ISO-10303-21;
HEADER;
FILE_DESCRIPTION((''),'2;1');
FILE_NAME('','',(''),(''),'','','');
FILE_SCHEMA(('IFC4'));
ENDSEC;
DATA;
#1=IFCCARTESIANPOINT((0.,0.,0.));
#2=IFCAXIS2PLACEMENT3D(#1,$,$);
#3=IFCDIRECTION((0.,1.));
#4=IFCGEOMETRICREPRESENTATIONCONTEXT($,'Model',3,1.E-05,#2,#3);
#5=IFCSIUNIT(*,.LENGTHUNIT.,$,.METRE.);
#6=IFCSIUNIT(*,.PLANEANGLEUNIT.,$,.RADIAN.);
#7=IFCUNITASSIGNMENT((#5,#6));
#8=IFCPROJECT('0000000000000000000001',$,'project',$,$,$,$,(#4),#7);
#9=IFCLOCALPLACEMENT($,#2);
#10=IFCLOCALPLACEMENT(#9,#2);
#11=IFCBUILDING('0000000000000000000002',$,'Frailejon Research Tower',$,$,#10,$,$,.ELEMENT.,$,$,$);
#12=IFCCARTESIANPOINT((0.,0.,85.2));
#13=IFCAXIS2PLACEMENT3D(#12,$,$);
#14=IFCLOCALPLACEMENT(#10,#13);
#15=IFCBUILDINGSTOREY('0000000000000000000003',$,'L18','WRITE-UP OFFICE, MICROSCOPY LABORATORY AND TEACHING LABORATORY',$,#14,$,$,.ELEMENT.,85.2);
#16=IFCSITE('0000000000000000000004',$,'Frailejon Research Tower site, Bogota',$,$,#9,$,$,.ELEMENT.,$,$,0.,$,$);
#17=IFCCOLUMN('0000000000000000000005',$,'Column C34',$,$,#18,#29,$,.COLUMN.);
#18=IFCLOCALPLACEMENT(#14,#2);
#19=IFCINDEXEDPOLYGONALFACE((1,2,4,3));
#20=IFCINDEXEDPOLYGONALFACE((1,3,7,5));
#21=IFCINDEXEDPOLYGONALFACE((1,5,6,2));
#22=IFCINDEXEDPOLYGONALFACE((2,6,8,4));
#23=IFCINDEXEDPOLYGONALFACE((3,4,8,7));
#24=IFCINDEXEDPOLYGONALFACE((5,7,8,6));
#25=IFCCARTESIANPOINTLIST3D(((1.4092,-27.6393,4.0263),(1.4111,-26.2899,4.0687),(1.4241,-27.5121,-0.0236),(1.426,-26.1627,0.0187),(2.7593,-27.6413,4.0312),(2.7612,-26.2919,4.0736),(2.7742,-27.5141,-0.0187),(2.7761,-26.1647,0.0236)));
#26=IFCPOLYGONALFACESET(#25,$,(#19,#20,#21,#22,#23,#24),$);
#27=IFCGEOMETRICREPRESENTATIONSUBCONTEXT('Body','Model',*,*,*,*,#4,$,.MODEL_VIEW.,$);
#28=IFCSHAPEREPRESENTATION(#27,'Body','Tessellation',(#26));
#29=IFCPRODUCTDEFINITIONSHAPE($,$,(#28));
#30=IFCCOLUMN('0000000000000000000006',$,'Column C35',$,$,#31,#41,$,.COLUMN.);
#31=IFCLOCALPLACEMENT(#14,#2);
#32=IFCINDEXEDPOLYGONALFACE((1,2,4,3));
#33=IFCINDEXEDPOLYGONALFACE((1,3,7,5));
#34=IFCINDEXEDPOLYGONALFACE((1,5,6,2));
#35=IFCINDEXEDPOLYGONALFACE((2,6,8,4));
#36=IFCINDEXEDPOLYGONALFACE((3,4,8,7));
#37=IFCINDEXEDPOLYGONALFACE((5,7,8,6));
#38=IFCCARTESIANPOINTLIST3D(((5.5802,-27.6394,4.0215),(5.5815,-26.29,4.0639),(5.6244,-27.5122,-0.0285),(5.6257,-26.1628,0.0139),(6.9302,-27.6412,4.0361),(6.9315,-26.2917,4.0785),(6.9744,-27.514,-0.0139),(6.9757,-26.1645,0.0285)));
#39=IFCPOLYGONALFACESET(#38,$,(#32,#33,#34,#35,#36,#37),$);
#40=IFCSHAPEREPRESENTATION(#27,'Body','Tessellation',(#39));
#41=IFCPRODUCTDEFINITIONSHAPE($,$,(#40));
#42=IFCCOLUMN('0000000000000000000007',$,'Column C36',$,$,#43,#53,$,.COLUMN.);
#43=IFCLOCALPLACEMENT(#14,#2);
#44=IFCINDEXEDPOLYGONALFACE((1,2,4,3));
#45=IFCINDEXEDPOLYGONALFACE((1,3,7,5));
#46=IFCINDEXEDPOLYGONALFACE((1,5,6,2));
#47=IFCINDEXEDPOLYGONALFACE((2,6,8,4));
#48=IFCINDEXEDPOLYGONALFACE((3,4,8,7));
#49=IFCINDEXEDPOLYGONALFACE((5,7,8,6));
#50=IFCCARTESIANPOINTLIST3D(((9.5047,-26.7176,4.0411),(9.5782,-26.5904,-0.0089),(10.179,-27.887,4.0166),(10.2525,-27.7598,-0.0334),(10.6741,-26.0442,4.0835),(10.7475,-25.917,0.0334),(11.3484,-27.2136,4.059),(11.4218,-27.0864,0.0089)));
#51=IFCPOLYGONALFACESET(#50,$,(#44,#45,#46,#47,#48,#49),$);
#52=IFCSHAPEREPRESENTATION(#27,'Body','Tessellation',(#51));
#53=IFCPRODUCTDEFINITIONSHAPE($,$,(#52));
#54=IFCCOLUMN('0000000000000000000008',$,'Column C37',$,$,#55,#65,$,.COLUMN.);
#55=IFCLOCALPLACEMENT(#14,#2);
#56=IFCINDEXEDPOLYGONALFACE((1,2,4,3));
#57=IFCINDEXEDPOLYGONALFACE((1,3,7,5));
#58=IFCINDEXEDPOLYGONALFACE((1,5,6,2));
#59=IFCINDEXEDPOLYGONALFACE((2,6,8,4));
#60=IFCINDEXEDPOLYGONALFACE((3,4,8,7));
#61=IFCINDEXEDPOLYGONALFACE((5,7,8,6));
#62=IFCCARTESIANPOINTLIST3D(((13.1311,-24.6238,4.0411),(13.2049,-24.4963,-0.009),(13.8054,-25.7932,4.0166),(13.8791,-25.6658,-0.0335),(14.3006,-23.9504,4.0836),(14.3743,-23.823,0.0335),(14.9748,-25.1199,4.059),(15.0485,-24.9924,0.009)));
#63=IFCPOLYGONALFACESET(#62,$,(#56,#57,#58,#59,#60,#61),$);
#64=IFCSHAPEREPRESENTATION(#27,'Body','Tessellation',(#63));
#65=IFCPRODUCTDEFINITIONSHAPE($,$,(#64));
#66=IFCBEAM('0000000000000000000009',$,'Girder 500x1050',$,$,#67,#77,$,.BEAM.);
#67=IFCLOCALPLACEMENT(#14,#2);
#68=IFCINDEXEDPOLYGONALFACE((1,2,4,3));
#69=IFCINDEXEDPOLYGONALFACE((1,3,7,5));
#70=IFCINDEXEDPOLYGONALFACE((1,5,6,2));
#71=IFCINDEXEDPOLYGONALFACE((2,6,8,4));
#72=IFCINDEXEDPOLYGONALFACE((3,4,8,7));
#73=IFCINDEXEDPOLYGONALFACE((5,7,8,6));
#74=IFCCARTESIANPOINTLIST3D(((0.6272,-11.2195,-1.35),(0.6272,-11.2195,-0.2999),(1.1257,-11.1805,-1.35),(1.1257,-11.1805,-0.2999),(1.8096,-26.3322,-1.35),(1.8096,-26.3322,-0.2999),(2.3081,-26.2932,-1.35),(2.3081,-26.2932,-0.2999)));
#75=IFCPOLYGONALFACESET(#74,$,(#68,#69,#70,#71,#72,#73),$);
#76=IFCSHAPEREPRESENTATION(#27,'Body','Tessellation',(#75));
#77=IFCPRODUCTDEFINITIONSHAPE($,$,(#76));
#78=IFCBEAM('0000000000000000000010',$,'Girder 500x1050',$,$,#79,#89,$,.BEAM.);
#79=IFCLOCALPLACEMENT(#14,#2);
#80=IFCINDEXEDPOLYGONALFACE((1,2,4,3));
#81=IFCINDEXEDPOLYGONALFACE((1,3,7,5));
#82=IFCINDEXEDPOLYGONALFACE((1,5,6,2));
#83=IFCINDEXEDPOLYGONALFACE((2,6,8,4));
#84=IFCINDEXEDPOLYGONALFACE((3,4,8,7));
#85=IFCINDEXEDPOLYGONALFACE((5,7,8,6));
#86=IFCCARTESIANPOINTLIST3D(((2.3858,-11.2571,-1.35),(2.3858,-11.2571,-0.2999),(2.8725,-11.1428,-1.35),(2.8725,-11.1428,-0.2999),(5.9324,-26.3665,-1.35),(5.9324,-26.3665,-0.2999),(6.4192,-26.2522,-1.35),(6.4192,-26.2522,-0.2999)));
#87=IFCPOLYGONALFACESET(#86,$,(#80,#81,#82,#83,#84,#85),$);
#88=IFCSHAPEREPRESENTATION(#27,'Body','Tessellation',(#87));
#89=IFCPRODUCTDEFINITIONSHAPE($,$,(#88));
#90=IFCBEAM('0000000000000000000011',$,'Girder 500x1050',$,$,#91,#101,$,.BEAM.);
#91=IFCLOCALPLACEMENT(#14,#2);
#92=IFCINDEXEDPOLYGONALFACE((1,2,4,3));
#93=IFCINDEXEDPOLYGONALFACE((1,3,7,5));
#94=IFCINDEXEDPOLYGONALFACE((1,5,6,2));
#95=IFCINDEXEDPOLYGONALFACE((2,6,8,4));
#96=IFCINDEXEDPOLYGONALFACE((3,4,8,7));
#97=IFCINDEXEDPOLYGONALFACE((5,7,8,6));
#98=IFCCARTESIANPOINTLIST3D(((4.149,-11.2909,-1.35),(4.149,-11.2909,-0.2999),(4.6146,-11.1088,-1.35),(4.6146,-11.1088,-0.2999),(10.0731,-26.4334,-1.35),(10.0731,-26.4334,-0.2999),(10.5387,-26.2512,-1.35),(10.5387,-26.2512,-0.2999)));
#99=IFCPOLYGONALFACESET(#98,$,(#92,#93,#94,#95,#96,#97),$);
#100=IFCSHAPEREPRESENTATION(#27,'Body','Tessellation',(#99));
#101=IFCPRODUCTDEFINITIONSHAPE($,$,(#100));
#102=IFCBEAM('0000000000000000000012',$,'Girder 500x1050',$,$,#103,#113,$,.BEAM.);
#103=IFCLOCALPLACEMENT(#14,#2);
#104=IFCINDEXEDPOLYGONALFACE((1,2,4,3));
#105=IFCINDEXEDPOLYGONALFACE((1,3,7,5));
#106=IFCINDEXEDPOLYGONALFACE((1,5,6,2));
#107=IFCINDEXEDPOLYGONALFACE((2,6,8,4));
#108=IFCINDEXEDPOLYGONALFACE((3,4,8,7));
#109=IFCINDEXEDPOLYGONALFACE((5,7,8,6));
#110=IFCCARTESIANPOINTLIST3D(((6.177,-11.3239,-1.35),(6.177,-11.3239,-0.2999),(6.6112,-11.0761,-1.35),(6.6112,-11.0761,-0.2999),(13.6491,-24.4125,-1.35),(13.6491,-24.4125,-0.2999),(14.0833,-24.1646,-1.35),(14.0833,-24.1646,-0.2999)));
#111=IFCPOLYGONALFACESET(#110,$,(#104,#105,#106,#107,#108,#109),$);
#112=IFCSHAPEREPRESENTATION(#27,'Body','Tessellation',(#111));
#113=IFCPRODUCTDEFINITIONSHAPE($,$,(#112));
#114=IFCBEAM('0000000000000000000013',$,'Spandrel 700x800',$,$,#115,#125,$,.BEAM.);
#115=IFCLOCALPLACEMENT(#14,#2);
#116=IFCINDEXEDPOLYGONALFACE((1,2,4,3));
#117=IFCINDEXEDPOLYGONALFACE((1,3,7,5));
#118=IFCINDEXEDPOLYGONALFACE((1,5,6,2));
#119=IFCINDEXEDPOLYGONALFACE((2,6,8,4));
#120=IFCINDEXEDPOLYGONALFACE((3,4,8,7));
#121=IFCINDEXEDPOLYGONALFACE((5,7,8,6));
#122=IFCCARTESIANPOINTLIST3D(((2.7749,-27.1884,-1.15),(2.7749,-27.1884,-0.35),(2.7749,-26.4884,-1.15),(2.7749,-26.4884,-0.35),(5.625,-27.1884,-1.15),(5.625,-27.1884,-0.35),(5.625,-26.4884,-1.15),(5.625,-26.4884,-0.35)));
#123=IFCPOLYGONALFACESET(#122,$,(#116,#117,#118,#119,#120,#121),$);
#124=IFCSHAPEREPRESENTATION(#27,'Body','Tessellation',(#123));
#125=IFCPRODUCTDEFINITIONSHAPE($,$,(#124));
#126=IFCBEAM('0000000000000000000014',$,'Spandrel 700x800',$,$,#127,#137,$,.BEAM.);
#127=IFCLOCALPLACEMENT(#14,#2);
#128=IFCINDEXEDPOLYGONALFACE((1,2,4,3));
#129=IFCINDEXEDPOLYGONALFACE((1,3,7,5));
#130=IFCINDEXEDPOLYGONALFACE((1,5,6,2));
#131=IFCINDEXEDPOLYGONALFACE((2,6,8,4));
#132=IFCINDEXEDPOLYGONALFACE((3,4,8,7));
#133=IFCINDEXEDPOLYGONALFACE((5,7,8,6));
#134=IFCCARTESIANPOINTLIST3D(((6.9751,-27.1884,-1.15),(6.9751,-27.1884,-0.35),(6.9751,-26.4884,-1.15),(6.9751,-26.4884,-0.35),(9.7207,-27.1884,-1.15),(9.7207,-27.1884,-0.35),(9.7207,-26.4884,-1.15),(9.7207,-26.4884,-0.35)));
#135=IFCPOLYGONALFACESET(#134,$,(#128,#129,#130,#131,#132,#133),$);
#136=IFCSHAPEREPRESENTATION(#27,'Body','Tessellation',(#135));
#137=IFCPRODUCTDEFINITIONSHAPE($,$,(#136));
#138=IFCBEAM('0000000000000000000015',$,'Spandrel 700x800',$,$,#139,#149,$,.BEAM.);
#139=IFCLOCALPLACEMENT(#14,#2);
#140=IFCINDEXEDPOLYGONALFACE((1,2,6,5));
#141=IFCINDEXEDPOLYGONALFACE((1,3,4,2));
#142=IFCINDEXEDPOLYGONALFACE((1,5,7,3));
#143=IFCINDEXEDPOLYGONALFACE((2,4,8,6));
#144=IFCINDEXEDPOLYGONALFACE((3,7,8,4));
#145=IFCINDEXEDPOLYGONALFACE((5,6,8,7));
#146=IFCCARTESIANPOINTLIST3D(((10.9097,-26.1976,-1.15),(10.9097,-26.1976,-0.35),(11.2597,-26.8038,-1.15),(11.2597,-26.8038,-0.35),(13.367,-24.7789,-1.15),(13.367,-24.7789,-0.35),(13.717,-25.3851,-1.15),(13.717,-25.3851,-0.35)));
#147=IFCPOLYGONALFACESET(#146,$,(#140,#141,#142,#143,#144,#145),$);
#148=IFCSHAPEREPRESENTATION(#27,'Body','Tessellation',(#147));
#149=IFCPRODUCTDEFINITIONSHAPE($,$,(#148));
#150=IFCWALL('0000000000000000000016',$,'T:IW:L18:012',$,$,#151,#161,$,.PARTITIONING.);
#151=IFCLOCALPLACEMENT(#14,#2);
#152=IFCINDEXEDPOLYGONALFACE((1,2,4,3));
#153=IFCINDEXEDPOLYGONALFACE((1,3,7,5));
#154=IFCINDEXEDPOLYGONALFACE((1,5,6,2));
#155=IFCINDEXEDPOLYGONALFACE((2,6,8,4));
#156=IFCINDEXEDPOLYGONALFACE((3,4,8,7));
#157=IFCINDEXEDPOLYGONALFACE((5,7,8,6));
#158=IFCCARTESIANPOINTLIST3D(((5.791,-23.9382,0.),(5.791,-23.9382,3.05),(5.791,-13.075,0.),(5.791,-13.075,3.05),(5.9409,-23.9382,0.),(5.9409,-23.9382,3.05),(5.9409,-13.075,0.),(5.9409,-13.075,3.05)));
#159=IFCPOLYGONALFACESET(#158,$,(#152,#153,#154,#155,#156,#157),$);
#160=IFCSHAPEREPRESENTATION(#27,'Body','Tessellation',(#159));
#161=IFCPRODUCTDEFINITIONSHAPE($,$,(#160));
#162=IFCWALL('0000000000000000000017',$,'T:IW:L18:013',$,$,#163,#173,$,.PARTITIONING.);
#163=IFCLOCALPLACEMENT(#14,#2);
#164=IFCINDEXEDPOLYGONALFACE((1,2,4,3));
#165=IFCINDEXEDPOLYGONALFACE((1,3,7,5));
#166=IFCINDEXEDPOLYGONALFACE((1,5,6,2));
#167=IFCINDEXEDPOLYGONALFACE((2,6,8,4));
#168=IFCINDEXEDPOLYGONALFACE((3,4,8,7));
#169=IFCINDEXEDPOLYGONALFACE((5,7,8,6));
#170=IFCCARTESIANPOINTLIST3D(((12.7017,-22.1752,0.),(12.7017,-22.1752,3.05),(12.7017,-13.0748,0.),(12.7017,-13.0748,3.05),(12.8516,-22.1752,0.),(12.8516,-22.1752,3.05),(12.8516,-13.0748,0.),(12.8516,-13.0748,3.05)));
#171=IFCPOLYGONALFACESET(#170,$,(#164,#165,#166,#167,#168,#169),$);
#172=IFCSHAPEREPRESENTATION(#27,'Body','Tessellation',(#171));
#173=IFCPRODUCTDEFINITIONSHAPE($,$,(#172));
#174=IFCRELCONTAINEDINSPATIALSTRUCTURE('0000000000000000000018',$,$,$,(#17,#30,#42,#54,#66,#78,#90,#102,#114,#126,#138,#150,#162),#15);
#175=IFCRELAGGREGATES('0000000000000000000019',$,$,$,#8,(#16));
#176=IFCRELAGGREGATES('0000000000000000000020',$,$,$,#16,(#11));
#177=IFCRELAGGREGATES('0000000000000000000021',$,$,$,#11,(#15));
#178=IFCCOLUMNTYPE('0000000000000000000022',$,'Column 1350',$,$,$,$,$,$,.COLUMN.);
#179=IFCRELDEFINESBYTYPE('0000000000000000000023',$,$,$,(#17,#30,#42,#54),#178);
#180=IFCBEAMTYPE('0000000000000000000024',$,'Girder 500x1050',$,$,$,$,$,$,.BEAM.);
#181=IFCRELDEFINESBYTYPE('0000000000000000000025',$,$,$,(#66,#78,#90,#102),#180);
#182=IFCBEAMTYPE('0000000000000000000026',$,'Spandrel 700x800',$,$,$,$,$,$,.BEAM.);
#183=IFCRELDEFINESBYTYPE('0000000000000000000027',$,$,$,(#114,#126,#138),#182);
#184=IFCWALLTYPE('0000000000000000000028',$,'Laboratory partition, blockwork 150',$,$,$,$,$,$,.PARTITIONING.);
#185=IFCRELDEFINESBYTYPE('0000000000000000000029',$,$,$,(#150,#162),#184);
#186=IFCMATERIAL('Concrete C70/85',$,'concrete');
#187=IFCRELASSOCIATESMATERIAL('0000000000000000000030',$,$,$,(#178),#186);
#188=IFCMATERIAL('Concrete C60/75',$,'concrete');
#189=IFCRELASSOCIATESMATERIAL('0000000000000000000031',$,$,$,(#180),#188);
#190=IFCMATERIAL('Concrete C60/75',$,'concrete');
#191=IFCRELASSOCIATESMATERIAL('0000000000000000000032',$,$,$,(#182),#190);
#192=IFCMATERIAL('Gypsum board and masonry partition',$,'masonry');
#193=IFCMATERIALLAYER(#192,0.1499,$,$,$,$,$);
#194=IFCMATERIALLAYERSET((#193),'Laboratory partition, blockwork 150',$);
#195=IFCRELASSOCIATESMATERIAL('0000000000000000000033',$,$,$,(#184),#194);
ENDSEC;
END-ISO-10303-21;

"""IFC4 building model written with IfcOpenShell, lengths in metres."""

from ifc_helpers import new_model, si_unit, direction, frame, frame_2d, origin, origin_2d, place, context, subcontext, project, spatial, rectangle, extrude, material, layer, layer_set, material_profile, profile_set, type_object, element, save


model = new_model("IFC4")

# Units and contexts
model_context = context("Model", 3, precision=1e-05, world=origin(), true_north=direction((0.0, 1.0)))
body_context = subcontext(model_context, "Body", "Model", "MODEL_VIEW")
ifc_project = project(units=[si_unit("LENGTHUNIT", "METRE"), si_unit("PLANEANGLEUNIT", "RADIAN")], contexts=[model_context])

# Site, building, storey
site_placement = place(None, origin())
site = spatial("IfcSite", under=ifc_project, at=site_placement, Name="Frailejon Research Tower site, Bogota", CompositionType="ELEMENT", RefElevation=0.0)
building_placement = place(site_placement, origin())
building = spatial("IfcBuilding", under=site, at=building_placement, Name="Frailejon Research Tower", CompositionType="ELEMENT")
storey_placement = place(building_placement, frame((0.0, 0.0, 85.2)))
storey = spatial("IfcBuildingStorey", under=building, at=storey_placement, Name="L18", Description="WRITE-UP OFFICE, MICROSCOPY LABORATORY AND TEACHING LABORATORY", CompositionType="ELEMENT", Elevation=85.2)

# Columns
ifc_material_1 = material(Name="Concrete C70/85", Category="concrete")
ifc_material_profile_1 = material_profile(ifc_material_1, rectangle(XDim=1.3501, YDim=1.3501, at=origin_2d()), Name="Column 1350")
ifc_profile_set_1 = profile_set([ifc_material_profile_1], Name="Concrete C70/85")
column_type = type_object("IfcColumnType", Name="Column 1350", PredefinedType="COLUMN", material=ifc_profile_set_1)
column_1_placement = place(storey_placement, frame((2.1001, -26.8384, 0.0), z_axis=(-0.003675, -0.031391, 0.9995), x_axis=(0.999992, -0.001487, 0.00363)))
element("IfcColumn", 1, at=column_1_placement, inside=storey, type_object=column_type, Name="Column C34", PredefinedType="COLUMN", context=body_context, shape_type="SweptSolid", body=[
    extrude(rectangle(XDim=1.3501, YDim=1.3501, at=origin_2d()), origin(), (0.0, 0.0, 1.0), 4.052),
])
column_2_placement = place(storey_placement, frame((6.3, -26.8384, 0.0), z_axis=(-0.010905, -0.031389, 0.999448), x_axis=(0.99994, -0.001287, 0.01087)))
element("IfcColumn", 2, at=column_2_placement, inside=storey, type_object=column_type, Name="Column C35", PredefinedType="COLUMN", context=body_context, shape_type="SweptSolid", body=[
    extrude(rectangle(XDim=1.3501, YDim=1.3501, at=origin_2d()), origin(), (0.0, 0.0, 1.0), 4.0522),
])
for number, where, z_axis, x_axis, name in (
    (3, (10.5, -26.8384, 0.0), (-0.018133, -0.031386, 0.999343), (0.866156, 0.498787, 0.031381), "Column C36"),
    (4, (14.1267, -24.7444, 0.0), (-0.018193, -0.031446, 0.99934), (0.866186, 0.49873, 0.031462), "Column C37"),
):
    element("IfcColumn", number, at=place(storey_placement, frame(where, z_axis=z_axis, x_axis=x_axis)), inside=storey, type_object=column_type, Name=name, PredefinedType="COLUMN", context=body_context, shape_type="SweptSolid", body=[
        extrude(rectangle(XDim=1.3501, YDim=1.3501, at=origin_2d()), origin(), (0.0, 0.0, 1.0), 4.0527),
    ])

# Beams
ifc_material_2 = material(Name="Concrete C60/75", Category="concrete")
ifc_material_profile_2 = material_profile(ifc_material_2, rectangle(XDim=0.5, YDim=1.05, at=origin_2d()), Name="Girder 500x1050")
ifc_profile_set_2 = profile_set([ifc_material_profile_2], Name="Concrete C60/75")
beam_type_1 = type_object("IfcBeamType", Name="Girder 500x1050", PredefinedType="BEAM", material=ifc_profile_set_2)
beam_1_placement = place(storey_placement, frame((2.0588, -26.3127, -0.825), z_axis=(-0.077998, 0.996953, 0.0), x_axis=(-0.996953, -0.077998, 0.0)))
element("IfcBeam", 5, at=beam_1_placement, inside=storey, type_object=beam_type_1, Name="Girder 500x1050", PredefinedType="BEAM", context=body_context, shape_type="SweptSolid", body=[
    extrude(rectangle(XDim=0.5, YDim=1.05, at=origin_2d()), origin(), (0.0, 0.0, 1.0), 15.1589),
])
beam_2_placement = place(storey_placement, frame((6.1758, -26.3093, -0.825), z_axis=(-0.228519, 0.973539, 0.0), x_axis=(-0.973539, -0.228519, 0.0)))
element("IfcBeam", 6, at=beam_2_placement, inside=storey, type_object=beam_type_1, Name="Girder 500x1050", PredefinedType="BEAM", context=body_context, shape_type="SweptSolid", body=[
    extrude(rectangle(XDim=0.5, YDim=1.05, at=origin_2d()), origin(), (0.0, 0.0, 1.0), 15.52),
])
beam_3_placement = place(storey_placement, frame((10.3059, -26.3423, -0.825), z_axis=(-0.364336, 0.931268, 0.0), x_axis=(-0.931268, -0.364336, 0.0)))
element("IfcBeam", 7, at=beam_3_placement, inside=storey, type_object=beam_type_1, Name="Girder 500x1050", PredefinedType="BEAM", context=body_context, shape_type="SweptSolid", body=[
    extrude(rectangle(XDim=0.5, YDim=1.05, at=origin_2d()), origin(), (0.0, 0.0, 1.0), 16.26),
])
beam_4_placement = place(storey_placement, frame((13.8662, -24.2886, -0.825), z_axis=(-0.495787, 0.868444, 0.0), x_axis=(-0.868444, -0.495787, 0.0)))
element("IfcBeam", 8, at=beam_4_placement, inside=storey, type_object=beam_type_1, Name="Girder 500x1050", PredefinedType="BEAM", context=body_context, shape_type="SweptSolid", body=[
    extrude(rectangle(XDim=0.5, YDim=1.05, at=origin_2d()), origin(), (0.0, 0.0, 1.0), 15.0713),
])
ifc_material_3 = material(Name="Concrete C60/75", Category="concrete")
ifc_material_profile_3 = material_profile(ifc_material_3, rectangle(XDim=0.7, YDim=0.8, at=origin_2d()), Name="Spandrel 700x800")
ifc_profile_set_3 = profile_set([ifc_material_profile_3], Name="Concrete C60/75")
beam_type_2 = type_object("IfcBeamType", Name="Spandrel 700x800", PredefinedType="BEAM", material=ifc_profile_set_3)
beam_5_placement = place(storey_placement, frame((2.7749, -26.8384, -0.75), z_axis=(1.0, 0.0, 0.0), x_axis=(0.0, 1.0, 0.0)))
element("IfcBeam", 9, at=beam_5_placement, inside=storey, type_object=beam_type_2, Name="Spandrel 700x800", PredefinedType="BEAM", context=body_context, shape_type="SweptSolid", body=[
    extrude(rectangle(XDim=0.7, YDim=0.8, at=origin_2d()), origin(), (0.0, 0.0, 1.0), 2.8501),
])
beam_6_placement = place(storey_placement, frame((6.9751, -26.8384, -0.75), z_axis=(1.0, 0.0, 0.0), x_axis=(0.0, 1.0, 0.0)))
element("IfcBeam", 10, at=beam_6_placement, inside=storey, type_object=beam_type_2, Name="Spandrel 700x800", PredefinedType="BEAM", context=body_context, shape_type="SweptSolid", body=[
    extrude(rectangle(XDim=0.7, YDim=0.8, at=origin_2d()), origin(), (0.0, 0.0, 1.0), 2.7456),
])
beam_7_placement = place(storey_placement, frame((11.0847, -26.5007, -0.75), z_axis=(0.866027, 0.499998, 0.0), x_axis=(-0.499998, 0.866027, 0.0)))
element("IfcBeam", 11, at=beam_7_placement, inside=storey, type_object=beam_type_2, Name="Spandrel 700x800", PredefinedType="BEAM", context=body_context, shape_type="SweptSolid", body=[
    extrude(rectangle(XDim=0.7, YDim=0.8, at=origin_2d()), origin(), (0.0, 0.0, 1.0), 2.8374),
])

# Walls
ifc_material_4 = material(Name="Gypsum board and masonry partition", Category="masonry")
ifc_layer_1 = layer(ifc_material_4, 0.1499)
ifc_layer_set_1 = layer_set([ifc_layer_1], Name="Laboratory partition, blockwork 150")
wall_type_1 = type_object("IfcWallType", Name="Laboratory partition, blockwork 150", PredefinedType="PARTITIONING", material=ifc_layer_set_1)
wall_1_placement = place(storey_placement, frame((5.866, -23.9382, 0.0), z_axis=(0.0, 0.0, 1.0), x_axis=(0.0, 1.0, 0.0)))
element("IfcWall", 12, at=wall_1_placement, inside=storey, type_object=wall_type_1, Name="T:IW:L18:012", PredefinedType="PARTITIONING", context=body_context, shape_type="SweptSolid", body=[
    extrude(rectangle(XDim=10.8633, YDim=0.1499, at=frame_2d((5.4316, 0.0))), origin(), (0.0, 0.0, 1.0), 3.05),
])
wall_2_placement = place(storey_placement, frame((12.7766, -22.1753, 0.0), z_axis=(0.0, 0.0, 1.0), x_axis=(0.0, 1.0, 0.0)))
element("IfcWall", 13, at=wall_2_placement, inside=storey, type_object=wall_type_1, Name="T:IW:L18:013", PredefinedType="PARTITIONING", context=body_context, shape_type="SweptSolid", body=[
    extrude(rectangle(XDim=9.1003, YDim=0.1499, at=frame_2d((4.5503, 0.0))), origin(), (0.0, 0.0, 1.0), 3.05),
])

save(model, "model.ifc")
